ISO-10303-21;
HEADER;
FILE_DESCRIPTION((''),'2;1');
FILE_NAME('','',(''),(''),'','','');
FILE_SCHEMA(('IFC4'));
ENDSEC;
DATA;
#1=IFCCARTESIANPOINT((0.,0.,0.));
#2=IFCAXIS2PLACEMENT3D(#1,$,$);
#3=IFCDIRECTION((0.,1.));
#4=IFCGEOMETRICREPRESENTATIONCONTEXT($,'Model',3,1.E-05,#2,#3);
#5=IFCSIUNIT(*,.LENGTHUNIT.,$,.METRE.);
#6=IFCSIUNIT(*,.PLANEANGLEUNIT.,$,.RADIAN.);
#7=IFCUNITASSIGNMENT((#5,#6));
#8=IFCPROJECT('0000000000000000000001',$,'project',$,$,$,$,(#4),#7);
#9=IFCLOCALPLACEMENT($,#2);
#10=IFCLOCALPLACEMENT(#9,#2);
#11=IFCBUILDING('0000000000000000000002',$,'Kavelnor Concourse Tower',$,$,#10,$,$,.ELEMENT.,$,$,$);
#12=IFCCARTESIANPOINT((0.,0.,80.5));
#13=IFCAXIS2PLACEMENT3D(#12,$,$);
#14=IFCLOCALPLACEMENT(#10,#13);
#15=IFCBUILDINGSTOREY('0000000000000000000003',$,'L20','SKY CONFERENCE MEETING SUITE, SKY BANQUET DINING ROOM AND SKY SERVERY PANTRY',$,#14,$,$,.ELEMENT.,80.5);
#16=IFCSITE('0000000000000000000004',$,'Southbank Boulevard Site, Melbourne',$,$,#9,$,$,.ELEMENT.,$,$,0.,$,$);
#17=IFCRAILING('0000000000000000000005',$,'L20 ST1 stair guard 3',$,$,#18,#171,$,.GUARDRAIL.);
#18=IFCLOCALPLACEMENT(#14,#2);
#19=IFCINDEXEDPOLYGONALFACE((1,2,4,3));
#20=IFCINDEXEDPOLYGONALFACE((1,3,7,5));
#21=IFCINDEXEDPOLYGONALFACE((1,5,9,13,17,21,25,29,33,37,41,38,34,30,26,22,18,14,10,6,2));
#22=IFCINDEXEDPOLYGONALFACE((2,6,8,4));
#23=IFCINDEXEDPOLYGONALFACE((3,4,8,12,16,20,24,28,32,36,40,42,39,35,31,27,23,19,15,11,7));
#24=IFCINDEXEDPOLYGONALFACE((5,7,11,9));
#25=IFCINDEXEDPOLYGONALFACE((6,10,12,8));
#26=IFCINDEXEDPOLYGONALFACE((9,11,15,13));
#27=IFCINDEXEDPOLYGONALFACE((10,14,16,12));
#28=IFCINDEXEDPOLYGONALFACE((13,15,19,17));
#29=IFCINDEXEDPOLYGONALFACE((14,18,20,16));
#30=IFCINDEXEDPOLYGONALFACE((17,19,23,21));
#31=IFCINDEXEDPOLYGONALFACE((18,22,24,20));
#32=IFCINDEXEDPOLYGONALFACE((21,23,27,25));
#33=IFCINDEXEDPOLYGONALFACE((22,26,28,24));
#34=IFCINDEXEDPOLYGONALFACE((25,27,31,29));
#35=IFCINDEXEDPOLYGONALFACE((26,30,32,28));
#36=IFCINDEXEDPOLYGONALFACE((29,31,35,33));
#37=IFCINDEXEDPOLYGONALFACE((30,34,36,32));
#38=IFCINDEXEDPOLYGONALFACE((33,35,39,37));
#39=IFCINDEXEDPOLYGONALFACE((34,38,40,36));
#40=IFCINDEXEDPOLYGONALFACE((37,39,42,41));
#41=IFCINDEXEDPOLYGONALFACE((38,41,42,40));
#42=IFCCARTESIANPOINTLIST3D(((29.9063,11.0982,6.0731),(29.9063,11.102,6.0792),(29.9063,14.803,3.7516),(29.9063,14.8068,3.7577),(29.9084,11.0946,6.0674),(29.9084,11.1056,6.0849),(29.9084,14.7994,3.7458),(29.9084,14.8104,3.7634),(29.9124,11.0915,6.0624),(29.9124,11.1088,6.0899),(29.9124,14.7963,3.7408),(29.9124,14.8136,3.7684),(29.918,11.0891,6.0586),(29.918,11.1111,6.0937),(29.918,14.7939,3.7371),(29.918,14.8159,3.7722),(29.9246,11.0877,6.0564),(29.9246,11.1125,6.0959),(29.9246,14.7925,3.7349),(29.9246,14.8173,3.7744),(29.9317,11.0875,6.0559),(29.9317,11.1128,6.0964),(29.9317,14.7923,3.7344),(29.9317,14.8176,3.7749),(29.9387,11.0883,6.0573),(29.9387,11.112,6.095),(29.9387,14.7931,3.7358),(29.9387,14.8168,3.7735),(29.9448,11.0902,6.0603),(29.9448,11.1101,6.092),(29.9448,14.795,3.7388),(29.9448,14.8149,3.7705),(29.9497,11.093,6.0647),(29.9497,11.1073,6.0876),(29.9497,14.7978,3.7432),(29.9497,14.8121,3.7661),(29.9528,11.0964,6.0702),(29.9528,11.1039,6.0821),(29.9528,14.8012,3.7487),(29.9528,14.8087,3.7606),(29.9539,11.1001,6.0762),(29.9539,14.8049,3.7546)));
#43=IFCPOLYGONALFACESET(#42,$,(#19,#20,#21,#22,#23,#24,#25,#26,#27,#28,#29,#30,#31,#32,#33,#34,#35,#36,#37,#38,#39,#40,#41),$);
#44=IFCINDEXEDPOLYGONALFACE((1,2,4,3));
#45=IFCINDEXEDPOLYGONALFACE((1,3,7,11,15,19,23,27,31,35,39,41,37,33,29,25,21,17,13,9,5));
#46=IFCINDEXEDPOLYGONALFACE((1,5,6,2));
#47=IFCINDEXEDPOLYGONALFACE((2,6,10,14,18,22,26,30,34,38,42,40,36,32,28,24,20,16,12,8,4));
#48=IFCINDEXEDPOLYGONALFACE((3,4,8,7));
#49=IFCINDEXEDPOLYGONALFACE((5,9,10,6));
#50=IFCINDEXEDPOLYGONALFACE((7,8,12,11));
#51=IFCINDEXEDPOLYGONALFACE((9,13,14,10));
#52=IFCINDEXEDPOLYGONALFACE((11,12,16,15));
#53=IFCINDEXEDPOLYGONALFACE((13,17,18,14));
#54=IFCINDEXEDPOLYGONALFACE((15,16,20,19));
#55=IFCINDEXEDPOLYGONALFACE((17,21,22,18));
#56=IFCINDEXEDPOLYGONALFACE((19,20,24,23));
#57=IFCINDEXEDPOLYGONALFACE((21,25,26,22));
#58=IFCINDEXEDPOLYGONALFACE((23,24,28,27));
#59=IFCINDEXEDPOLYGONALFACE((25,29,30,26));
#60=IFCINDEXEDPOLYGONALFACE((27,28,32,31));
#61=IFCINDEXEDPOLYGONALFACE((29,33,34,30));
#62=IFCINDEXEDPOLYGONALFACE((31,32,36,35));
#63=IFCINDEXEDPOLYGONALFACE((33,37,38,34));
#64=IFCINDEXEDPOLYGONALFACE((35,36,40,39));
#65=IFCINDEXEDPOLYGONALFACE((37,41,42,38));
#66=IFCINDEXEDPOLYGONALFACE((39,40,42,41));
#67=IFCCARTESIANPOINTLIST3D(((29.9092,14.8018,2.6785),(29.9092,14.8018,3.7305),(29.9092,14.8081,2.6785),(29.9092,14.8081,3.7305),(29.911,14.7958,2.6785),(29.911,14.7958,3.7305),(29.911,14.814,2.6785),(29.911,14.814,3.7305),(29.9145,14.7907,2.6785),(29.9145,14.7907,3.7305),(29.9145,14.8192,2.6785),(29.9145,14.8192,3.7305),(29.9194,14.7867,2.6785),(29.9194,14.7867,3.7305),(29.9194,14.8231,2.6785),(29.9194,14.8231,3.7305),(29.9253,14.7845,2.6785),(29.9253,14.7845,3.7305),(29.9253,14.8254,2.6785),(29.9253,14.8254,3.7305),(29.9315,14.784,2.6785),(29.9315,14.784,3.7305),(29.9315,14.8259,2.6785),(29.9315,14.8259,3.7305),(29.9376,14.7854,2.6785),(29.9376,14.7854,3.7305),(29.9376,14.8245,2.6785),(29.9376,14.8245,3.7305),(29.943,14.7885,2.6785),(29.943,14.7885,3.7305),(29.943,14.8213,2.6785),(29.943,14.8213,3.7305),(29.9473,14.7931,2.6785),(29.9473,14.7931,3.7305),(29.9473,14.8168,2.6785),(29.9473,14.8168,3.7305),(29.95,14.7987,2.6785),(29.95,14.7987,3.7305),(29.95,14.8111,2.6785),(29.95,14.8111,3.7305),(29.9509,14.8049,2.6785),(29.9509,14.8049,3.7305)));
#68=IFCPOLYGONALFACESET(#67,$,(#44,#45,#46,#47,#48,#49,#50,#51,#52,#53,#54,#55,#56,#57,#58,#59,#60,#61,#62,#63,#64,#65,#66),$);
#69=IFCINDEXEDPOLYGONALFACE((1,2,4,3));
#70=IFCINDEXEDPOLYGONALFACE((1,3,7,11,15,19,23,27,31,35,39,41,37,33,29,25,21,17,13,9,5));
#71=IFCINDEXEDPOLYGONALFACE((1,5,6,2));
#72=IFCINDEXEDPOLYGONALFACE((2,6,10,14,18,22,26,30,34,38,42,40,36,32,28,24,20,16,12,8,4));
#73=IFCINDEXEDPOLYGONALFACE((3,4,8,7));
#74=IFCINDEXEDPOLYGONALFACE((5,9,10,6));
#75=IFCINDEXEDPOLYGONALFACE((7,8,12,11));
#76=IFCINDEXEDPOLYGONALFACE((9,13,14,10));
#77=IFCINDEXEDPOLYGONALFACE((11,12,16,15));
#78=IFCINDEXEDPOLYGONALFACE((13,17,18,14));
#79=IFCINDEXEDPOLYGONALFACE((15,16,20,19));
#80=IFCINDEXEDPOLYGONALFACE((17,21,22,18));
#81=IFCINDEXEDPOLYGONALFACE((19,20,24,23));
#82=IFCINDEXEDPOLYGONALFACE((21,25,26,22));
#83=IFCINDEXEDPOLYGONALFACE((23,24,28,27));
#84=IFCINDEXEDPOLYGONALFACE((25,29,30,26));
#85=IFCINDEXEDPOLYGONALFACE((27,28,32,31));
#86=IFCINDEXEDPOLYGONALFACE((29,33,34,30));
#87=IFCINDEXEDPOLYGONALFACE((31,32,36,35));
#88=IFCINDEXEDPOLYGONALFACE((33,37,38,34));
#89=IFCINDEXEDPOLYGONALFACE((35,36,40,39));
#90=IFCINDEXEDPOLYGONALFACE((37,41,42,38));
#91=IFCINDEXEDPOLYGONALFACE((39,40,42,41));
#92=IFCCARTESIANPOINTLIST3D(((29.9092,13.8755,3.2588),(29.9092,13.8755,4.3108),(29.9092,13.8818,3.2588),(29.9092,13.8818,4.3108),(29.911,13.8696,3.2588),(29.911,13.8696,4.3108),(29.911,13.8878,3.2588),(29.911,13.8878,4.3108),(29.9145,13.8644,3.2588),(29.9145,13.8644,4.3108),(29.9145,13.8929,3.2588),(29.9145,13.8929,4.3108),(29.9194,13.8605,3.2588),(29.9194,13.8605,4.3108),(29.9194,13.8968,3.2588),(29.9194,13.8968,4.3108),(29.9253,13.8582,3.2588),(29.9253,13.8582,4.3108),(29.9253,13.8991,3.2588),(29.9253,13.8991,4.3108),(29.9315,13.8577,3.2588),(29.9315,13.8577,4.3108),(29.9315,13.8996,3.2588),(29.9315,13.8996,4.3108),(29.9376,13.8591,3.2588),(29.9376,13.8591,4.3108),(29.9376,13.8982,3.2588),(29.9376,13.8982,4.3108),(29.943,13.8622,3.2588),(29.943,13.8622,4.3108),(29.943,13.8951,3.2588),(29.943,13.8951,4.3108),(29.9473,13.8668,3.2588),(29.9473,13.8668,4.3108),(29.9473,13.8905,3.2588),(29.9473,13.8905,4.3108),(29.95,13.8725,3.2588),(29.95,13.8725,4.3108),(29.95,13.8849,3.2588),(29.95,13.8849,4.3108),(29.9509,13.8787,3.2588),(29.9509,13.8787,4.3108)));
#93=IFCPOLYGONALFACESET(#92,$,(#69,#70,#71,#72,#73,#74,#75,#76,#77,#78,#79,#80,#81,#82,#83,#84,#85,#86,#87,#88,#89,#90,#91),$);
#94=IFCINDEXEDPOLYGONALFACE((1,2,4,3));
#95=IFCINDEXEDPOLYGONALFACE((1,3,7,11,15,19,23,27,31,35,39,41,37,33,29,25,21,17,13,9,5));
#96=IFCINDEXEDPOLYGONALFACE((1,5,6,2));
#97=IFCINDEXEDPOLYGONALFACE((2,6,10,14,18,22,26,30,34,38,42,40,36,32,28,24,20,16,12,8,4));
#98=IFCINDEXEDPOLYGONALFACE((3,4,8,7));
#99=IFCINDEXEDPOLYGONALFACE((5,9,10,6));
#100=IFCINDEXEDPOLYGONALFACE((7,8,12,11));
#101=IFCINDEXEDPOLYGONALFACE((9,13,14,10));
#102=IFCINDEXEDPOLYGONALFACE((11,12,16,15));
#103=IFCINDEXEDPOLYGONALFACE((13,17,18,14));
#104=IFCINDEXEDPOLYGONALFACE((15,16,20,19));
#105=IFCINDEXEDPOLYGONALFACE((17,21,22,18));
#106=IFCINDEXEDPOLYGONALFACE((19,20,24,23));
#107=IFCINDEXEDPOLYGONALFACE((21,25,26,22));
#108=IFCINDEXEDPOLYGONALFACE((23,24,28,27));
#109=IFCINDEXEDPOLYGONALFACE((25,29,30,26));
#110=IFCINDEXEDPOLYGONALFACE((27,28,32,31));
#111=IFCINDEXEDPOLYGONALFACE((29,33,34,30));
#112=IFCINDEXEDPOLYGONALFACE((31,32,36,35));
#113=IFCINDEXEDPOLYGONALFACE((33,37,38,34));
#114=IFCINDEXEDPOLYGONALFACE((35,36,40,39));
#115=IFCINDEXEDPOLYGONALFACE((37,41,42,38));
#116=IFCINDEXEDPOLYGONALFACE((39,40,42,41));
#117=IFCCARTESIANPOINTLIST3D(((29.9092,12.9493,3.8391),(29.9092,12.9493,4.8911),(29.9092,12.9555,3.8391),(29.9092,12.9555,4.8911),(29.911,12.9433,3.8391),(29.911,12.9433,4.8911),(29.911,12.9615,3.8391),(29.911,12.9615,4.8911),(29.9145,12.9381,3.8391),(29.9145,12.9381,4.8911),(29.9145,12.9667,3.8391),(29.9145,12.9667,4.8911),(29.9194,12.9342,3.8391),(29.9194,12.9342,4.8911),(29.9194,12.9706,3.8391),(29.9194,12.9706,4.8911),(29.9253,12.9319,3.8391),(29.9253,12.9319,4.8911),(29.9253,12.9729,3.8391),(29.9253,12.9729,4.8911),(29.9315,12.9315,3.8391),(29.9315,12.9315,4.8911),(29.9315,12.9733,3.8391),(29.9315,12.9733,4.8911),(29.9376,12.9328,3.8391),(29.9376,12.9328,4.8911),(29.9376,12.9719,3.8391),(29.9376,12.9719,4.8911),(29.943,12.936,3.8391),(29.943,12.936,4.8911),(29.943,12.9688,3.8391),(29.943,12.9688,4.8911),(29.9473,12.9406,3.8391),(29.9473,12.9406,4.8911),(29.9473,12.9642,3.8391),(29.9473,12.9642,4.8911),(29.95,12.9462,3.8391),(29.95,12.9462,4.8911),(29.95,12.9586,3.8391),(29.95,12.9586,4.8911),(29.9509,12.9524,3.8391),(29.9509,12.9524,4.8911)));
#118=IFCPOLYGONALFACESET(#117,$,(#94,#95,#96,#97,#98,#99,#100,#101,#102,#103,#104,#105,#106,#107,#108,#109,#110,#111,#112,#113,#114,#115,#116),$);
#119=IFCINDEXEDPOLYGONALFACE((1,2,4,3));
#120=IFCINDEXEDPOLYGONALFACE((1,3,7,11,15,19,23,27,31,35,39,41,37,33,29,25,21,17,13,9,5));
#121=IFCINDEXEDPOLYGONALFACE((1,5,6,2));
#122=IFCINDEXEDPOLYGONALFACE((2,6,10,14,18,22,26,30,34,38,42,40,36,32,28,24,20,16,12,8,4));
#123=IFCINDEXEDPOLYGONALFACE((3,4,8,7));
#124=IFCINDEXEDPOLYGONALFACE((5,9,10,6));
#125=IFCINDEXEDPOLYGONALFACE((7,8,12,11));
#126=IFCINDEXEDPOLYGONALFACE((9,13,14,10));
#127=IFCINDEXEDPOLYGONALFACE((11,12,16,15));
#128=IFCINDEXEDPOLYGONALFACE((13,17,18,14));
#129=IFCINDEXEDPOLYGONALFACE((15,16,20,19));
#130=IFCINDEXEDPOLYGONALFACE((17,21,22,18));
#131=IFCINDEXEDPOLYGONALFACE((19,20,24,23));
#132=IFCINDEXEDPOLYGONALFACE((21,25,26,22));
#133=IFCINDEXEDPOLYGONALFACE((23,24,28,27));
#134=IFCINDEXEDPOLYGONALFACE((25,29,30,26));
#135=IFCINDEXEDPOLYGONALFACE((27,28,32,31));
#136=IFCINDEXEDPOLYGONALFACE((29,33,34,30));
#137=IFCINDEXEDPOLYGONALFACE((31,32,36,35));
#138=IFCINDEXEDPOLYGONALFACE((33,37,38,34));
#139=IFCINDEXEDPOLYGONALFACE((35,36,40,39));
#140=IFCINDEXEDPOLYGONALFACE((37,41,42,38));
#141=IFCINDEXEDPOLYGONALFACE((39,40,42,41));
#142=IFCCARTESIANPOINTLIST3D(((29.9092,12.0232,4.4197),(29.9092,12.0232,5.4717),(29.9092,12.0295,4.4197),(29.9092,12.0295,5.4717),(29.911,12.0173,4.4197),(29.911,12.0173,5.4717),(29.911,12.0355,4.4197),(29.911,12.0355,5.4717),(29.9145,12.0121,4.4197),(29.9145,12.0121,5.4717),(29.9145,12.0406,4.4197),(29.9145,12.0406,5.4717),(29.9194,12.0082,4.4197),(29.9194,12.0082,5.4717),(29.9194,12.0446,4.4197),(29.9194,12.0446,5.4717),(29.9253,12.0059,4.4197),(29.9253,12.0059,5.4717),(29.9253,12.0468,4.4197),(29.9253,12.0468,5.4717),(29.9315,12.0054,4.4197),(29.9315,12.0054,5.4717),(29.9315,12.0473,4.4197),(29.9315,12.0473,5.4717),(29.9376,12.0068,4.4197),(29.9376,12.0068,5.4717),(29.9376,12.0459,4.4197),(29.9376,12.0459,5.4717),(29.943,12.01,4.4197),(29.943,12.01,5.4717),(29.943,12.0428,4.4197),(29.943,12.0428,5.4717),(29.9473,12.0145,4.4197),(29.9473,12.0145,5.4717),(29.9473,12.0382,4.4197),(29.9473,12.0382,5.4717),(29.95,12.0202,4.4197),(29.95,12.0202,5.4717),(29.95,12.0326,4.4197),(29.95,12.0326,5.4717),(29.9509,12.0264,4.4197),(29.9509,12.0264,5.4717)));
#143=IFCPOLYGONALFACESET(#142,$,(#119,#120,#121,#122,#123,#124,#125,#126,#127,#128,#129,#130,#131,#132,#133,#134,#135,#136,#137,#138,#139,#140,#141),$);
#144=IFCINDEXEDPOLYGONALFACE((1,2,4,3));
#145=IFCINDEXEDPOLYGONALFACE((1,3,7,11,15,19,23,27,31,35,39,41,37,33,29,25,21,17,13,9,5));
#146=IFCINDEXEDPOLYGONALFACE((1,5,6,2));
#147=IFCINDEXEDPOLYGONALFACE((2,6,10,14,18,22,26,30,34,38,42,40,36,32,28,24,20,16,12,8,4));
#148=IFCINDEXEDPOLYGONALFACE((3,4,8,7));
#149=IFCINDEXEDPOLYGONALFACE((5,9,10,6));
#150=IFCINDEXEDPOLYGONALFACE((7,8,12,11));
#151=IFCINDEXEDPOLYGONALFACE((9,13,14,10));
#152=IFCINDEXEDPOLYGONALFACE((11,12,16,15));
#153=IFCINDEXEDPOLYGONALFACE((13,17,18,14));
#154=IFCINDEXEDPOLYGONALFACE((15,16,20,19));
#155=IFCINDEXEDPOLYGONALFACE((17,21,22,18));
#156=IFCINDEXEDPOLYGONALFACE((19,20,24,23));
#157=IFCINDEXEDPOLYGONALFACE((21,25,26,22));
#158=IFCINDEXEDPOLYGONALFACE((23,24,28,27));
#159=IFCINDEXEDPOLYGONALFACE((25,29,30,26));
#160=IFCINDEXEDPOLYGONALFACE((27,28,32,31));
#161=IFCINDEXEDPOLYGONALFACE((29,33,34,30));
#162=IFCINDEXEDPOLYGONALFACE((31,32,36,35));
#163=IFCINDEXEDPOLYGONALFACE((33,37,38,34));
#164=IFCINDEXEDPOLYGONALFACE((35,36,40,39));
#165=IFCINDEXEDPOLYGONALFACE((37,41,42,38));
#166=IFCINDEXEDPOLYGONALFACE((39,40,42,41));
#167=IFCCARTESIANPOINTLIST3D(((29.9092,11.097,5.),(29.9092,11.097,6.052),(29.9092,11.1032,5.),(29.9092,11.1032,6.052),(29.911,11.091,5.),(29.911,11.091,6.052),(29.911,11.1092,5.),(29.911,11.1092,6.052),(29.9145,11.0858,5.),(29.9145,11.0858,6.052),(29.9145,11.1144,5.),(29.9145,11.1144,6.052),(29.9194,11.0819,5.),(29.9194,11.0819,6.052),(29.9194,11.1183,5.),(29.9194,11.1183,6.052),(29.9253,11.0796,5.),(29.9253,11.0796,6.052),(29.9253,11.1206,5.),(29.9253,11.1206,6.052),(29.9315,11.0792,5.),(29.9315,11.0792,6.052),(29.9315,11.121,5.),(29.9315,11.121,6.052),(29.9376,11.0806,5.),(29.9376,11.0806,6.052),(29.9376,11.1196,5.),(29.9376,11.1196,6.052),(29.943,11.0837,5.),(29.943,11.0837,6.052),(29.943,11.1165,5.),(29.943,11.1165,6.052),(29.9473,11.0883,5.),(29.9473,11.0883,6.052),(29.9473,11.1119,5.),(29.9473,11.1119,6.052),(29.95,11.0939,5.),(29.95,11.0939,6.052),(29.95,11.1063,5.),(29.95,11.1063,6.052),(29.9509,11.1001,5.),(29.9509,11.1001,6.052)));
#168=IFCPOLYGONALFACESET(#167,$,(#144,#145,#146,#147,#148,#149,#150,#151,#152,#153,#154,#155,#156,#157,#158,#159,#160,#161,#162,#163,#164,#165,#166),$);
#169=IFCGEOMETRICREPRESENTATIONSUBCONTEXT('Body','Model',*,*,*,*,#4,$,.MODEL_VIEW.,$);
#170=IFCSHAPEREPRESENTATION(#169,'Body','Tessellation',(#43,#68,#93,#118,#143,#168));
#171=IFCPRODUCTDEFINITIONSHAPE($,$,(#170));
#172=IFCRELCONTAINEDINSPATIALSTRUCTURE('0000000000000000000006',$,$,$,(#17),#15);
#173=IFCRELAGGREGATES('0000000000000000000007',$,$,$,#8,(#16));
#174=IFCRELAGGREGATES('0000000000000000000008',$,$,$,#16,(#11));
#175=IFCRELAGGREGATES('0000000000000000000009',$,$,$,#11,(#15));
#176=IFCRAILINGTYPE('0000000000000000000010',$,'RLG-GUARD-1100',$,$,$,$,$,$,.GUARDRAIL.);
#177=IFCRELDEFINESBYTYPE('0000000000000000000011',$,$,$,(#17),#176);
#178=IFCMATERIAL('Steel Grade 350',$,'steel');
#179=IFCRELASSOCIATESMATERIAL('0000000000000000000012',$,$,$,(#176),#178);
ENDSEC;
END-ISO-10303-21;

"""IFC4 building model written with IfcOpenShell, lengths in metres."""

from ifc_helpers import new_model, si_unit, direction, frame, origin, origin_2d, place, context, subcontext, project, spatial, circle, extrude, material, type_object, element, save


model = new_model("IFC4")

# Units and contexts
model_context = context("Model", 3, precision=1e-05, world=origin(), true_north=direction((0.0, 1.0)))
body_context = subcontext(model_context, "Body", "Model", "MODEL_VIEW")
ifc_project = project(units=[si_unit("LENGTHUNIT", "METRE"), si_unit("PLANEANGLEUNIT", "RADIAN")], contexts=[model_context])

# Site, building, storey
site_placement = place(None, origin())
site = spatial("IfcSite", under=ifc_project, at=site_placement, Name="Southbank Boulevard Site, Melbourne", CompositionType="ELEMENT", RefElevation=0.0)
building_placement = place(site_placement, origin())
building = spatial("IfcBuilding", under=site, at=building_placement, Name="Kavelnor Concourse Tower", CompositionType="ELEMENT")
storey_placement = place(building_placement, frame((0.0, 0.0, 80.5)))
storey = spatial("IfcBuildingStorey", under=building, at=storey_placement, Name="L20", Description="SKY CONFERENCE MEETING SUITE, SKY BANQUET DINING ROOM AND SKY SERVERY PANTRY", CompositionType="ELEMENT", Elevation=80.5)

# Shared definitions
ifc_material_1 = material(Name="Steel Grade 350", Category="steel")

# Railing
railing_type_1 = type_object("IfcRailingType", Name="RLG-GUARD-1100", PredefinedType="GUARDRAIL", material=ifc_material_1)
railing_1_placement = place(storey_placement, frame((29.9299, 14.8049, 2.6785)))
element("IfcRailing", 1, at=railing_1_placement, inside=storey, type_object=railing_type_1, Name="L20 ST1 stair guard 3", PredefinedType="GUARDRAIL", context=body_context, shape_type="SweptSolid", body=[
    extrude(circle(Radius=0.0239, at=origin_2d()), frame((0.0, 0.0, 1.0762), z_axis=(0.0, -0.84738, 0.530987), x_axis=(1.0, 0.0, 0.0)), (0.0, 0.0, 1.0), 4.3721),
    extrude(circle(Radius=0.021, at=origin_2d()), origin(), (0.0, 0.0, 1.0), 1.052),
    extrude(circle(Radius=0.021, at=origin_2d()), frame((0.0, -0.9263, 0.5803)), (0.0, 0.0, 1.0), 1.052),
    extrude(circle(Radius=0.021, at=origin_2d()), frame((0.0, -1.8525, 1.1606)), (0.0, 0.0, 1.0), 1.052),
    extrude(circle(Radius=0.021, at=origin_2d()), frame((0.0, -2.7786, 1.7412)), (0.0, 0.0, 1.0), 1.052),
    extrude(circle(Radius=0.021, at=origin_2d()), frame((0.0, -3.7048, 2.3215)), (0.0, 0.0, 1.0), 1.052),
])

save(model, "model.ifc")
